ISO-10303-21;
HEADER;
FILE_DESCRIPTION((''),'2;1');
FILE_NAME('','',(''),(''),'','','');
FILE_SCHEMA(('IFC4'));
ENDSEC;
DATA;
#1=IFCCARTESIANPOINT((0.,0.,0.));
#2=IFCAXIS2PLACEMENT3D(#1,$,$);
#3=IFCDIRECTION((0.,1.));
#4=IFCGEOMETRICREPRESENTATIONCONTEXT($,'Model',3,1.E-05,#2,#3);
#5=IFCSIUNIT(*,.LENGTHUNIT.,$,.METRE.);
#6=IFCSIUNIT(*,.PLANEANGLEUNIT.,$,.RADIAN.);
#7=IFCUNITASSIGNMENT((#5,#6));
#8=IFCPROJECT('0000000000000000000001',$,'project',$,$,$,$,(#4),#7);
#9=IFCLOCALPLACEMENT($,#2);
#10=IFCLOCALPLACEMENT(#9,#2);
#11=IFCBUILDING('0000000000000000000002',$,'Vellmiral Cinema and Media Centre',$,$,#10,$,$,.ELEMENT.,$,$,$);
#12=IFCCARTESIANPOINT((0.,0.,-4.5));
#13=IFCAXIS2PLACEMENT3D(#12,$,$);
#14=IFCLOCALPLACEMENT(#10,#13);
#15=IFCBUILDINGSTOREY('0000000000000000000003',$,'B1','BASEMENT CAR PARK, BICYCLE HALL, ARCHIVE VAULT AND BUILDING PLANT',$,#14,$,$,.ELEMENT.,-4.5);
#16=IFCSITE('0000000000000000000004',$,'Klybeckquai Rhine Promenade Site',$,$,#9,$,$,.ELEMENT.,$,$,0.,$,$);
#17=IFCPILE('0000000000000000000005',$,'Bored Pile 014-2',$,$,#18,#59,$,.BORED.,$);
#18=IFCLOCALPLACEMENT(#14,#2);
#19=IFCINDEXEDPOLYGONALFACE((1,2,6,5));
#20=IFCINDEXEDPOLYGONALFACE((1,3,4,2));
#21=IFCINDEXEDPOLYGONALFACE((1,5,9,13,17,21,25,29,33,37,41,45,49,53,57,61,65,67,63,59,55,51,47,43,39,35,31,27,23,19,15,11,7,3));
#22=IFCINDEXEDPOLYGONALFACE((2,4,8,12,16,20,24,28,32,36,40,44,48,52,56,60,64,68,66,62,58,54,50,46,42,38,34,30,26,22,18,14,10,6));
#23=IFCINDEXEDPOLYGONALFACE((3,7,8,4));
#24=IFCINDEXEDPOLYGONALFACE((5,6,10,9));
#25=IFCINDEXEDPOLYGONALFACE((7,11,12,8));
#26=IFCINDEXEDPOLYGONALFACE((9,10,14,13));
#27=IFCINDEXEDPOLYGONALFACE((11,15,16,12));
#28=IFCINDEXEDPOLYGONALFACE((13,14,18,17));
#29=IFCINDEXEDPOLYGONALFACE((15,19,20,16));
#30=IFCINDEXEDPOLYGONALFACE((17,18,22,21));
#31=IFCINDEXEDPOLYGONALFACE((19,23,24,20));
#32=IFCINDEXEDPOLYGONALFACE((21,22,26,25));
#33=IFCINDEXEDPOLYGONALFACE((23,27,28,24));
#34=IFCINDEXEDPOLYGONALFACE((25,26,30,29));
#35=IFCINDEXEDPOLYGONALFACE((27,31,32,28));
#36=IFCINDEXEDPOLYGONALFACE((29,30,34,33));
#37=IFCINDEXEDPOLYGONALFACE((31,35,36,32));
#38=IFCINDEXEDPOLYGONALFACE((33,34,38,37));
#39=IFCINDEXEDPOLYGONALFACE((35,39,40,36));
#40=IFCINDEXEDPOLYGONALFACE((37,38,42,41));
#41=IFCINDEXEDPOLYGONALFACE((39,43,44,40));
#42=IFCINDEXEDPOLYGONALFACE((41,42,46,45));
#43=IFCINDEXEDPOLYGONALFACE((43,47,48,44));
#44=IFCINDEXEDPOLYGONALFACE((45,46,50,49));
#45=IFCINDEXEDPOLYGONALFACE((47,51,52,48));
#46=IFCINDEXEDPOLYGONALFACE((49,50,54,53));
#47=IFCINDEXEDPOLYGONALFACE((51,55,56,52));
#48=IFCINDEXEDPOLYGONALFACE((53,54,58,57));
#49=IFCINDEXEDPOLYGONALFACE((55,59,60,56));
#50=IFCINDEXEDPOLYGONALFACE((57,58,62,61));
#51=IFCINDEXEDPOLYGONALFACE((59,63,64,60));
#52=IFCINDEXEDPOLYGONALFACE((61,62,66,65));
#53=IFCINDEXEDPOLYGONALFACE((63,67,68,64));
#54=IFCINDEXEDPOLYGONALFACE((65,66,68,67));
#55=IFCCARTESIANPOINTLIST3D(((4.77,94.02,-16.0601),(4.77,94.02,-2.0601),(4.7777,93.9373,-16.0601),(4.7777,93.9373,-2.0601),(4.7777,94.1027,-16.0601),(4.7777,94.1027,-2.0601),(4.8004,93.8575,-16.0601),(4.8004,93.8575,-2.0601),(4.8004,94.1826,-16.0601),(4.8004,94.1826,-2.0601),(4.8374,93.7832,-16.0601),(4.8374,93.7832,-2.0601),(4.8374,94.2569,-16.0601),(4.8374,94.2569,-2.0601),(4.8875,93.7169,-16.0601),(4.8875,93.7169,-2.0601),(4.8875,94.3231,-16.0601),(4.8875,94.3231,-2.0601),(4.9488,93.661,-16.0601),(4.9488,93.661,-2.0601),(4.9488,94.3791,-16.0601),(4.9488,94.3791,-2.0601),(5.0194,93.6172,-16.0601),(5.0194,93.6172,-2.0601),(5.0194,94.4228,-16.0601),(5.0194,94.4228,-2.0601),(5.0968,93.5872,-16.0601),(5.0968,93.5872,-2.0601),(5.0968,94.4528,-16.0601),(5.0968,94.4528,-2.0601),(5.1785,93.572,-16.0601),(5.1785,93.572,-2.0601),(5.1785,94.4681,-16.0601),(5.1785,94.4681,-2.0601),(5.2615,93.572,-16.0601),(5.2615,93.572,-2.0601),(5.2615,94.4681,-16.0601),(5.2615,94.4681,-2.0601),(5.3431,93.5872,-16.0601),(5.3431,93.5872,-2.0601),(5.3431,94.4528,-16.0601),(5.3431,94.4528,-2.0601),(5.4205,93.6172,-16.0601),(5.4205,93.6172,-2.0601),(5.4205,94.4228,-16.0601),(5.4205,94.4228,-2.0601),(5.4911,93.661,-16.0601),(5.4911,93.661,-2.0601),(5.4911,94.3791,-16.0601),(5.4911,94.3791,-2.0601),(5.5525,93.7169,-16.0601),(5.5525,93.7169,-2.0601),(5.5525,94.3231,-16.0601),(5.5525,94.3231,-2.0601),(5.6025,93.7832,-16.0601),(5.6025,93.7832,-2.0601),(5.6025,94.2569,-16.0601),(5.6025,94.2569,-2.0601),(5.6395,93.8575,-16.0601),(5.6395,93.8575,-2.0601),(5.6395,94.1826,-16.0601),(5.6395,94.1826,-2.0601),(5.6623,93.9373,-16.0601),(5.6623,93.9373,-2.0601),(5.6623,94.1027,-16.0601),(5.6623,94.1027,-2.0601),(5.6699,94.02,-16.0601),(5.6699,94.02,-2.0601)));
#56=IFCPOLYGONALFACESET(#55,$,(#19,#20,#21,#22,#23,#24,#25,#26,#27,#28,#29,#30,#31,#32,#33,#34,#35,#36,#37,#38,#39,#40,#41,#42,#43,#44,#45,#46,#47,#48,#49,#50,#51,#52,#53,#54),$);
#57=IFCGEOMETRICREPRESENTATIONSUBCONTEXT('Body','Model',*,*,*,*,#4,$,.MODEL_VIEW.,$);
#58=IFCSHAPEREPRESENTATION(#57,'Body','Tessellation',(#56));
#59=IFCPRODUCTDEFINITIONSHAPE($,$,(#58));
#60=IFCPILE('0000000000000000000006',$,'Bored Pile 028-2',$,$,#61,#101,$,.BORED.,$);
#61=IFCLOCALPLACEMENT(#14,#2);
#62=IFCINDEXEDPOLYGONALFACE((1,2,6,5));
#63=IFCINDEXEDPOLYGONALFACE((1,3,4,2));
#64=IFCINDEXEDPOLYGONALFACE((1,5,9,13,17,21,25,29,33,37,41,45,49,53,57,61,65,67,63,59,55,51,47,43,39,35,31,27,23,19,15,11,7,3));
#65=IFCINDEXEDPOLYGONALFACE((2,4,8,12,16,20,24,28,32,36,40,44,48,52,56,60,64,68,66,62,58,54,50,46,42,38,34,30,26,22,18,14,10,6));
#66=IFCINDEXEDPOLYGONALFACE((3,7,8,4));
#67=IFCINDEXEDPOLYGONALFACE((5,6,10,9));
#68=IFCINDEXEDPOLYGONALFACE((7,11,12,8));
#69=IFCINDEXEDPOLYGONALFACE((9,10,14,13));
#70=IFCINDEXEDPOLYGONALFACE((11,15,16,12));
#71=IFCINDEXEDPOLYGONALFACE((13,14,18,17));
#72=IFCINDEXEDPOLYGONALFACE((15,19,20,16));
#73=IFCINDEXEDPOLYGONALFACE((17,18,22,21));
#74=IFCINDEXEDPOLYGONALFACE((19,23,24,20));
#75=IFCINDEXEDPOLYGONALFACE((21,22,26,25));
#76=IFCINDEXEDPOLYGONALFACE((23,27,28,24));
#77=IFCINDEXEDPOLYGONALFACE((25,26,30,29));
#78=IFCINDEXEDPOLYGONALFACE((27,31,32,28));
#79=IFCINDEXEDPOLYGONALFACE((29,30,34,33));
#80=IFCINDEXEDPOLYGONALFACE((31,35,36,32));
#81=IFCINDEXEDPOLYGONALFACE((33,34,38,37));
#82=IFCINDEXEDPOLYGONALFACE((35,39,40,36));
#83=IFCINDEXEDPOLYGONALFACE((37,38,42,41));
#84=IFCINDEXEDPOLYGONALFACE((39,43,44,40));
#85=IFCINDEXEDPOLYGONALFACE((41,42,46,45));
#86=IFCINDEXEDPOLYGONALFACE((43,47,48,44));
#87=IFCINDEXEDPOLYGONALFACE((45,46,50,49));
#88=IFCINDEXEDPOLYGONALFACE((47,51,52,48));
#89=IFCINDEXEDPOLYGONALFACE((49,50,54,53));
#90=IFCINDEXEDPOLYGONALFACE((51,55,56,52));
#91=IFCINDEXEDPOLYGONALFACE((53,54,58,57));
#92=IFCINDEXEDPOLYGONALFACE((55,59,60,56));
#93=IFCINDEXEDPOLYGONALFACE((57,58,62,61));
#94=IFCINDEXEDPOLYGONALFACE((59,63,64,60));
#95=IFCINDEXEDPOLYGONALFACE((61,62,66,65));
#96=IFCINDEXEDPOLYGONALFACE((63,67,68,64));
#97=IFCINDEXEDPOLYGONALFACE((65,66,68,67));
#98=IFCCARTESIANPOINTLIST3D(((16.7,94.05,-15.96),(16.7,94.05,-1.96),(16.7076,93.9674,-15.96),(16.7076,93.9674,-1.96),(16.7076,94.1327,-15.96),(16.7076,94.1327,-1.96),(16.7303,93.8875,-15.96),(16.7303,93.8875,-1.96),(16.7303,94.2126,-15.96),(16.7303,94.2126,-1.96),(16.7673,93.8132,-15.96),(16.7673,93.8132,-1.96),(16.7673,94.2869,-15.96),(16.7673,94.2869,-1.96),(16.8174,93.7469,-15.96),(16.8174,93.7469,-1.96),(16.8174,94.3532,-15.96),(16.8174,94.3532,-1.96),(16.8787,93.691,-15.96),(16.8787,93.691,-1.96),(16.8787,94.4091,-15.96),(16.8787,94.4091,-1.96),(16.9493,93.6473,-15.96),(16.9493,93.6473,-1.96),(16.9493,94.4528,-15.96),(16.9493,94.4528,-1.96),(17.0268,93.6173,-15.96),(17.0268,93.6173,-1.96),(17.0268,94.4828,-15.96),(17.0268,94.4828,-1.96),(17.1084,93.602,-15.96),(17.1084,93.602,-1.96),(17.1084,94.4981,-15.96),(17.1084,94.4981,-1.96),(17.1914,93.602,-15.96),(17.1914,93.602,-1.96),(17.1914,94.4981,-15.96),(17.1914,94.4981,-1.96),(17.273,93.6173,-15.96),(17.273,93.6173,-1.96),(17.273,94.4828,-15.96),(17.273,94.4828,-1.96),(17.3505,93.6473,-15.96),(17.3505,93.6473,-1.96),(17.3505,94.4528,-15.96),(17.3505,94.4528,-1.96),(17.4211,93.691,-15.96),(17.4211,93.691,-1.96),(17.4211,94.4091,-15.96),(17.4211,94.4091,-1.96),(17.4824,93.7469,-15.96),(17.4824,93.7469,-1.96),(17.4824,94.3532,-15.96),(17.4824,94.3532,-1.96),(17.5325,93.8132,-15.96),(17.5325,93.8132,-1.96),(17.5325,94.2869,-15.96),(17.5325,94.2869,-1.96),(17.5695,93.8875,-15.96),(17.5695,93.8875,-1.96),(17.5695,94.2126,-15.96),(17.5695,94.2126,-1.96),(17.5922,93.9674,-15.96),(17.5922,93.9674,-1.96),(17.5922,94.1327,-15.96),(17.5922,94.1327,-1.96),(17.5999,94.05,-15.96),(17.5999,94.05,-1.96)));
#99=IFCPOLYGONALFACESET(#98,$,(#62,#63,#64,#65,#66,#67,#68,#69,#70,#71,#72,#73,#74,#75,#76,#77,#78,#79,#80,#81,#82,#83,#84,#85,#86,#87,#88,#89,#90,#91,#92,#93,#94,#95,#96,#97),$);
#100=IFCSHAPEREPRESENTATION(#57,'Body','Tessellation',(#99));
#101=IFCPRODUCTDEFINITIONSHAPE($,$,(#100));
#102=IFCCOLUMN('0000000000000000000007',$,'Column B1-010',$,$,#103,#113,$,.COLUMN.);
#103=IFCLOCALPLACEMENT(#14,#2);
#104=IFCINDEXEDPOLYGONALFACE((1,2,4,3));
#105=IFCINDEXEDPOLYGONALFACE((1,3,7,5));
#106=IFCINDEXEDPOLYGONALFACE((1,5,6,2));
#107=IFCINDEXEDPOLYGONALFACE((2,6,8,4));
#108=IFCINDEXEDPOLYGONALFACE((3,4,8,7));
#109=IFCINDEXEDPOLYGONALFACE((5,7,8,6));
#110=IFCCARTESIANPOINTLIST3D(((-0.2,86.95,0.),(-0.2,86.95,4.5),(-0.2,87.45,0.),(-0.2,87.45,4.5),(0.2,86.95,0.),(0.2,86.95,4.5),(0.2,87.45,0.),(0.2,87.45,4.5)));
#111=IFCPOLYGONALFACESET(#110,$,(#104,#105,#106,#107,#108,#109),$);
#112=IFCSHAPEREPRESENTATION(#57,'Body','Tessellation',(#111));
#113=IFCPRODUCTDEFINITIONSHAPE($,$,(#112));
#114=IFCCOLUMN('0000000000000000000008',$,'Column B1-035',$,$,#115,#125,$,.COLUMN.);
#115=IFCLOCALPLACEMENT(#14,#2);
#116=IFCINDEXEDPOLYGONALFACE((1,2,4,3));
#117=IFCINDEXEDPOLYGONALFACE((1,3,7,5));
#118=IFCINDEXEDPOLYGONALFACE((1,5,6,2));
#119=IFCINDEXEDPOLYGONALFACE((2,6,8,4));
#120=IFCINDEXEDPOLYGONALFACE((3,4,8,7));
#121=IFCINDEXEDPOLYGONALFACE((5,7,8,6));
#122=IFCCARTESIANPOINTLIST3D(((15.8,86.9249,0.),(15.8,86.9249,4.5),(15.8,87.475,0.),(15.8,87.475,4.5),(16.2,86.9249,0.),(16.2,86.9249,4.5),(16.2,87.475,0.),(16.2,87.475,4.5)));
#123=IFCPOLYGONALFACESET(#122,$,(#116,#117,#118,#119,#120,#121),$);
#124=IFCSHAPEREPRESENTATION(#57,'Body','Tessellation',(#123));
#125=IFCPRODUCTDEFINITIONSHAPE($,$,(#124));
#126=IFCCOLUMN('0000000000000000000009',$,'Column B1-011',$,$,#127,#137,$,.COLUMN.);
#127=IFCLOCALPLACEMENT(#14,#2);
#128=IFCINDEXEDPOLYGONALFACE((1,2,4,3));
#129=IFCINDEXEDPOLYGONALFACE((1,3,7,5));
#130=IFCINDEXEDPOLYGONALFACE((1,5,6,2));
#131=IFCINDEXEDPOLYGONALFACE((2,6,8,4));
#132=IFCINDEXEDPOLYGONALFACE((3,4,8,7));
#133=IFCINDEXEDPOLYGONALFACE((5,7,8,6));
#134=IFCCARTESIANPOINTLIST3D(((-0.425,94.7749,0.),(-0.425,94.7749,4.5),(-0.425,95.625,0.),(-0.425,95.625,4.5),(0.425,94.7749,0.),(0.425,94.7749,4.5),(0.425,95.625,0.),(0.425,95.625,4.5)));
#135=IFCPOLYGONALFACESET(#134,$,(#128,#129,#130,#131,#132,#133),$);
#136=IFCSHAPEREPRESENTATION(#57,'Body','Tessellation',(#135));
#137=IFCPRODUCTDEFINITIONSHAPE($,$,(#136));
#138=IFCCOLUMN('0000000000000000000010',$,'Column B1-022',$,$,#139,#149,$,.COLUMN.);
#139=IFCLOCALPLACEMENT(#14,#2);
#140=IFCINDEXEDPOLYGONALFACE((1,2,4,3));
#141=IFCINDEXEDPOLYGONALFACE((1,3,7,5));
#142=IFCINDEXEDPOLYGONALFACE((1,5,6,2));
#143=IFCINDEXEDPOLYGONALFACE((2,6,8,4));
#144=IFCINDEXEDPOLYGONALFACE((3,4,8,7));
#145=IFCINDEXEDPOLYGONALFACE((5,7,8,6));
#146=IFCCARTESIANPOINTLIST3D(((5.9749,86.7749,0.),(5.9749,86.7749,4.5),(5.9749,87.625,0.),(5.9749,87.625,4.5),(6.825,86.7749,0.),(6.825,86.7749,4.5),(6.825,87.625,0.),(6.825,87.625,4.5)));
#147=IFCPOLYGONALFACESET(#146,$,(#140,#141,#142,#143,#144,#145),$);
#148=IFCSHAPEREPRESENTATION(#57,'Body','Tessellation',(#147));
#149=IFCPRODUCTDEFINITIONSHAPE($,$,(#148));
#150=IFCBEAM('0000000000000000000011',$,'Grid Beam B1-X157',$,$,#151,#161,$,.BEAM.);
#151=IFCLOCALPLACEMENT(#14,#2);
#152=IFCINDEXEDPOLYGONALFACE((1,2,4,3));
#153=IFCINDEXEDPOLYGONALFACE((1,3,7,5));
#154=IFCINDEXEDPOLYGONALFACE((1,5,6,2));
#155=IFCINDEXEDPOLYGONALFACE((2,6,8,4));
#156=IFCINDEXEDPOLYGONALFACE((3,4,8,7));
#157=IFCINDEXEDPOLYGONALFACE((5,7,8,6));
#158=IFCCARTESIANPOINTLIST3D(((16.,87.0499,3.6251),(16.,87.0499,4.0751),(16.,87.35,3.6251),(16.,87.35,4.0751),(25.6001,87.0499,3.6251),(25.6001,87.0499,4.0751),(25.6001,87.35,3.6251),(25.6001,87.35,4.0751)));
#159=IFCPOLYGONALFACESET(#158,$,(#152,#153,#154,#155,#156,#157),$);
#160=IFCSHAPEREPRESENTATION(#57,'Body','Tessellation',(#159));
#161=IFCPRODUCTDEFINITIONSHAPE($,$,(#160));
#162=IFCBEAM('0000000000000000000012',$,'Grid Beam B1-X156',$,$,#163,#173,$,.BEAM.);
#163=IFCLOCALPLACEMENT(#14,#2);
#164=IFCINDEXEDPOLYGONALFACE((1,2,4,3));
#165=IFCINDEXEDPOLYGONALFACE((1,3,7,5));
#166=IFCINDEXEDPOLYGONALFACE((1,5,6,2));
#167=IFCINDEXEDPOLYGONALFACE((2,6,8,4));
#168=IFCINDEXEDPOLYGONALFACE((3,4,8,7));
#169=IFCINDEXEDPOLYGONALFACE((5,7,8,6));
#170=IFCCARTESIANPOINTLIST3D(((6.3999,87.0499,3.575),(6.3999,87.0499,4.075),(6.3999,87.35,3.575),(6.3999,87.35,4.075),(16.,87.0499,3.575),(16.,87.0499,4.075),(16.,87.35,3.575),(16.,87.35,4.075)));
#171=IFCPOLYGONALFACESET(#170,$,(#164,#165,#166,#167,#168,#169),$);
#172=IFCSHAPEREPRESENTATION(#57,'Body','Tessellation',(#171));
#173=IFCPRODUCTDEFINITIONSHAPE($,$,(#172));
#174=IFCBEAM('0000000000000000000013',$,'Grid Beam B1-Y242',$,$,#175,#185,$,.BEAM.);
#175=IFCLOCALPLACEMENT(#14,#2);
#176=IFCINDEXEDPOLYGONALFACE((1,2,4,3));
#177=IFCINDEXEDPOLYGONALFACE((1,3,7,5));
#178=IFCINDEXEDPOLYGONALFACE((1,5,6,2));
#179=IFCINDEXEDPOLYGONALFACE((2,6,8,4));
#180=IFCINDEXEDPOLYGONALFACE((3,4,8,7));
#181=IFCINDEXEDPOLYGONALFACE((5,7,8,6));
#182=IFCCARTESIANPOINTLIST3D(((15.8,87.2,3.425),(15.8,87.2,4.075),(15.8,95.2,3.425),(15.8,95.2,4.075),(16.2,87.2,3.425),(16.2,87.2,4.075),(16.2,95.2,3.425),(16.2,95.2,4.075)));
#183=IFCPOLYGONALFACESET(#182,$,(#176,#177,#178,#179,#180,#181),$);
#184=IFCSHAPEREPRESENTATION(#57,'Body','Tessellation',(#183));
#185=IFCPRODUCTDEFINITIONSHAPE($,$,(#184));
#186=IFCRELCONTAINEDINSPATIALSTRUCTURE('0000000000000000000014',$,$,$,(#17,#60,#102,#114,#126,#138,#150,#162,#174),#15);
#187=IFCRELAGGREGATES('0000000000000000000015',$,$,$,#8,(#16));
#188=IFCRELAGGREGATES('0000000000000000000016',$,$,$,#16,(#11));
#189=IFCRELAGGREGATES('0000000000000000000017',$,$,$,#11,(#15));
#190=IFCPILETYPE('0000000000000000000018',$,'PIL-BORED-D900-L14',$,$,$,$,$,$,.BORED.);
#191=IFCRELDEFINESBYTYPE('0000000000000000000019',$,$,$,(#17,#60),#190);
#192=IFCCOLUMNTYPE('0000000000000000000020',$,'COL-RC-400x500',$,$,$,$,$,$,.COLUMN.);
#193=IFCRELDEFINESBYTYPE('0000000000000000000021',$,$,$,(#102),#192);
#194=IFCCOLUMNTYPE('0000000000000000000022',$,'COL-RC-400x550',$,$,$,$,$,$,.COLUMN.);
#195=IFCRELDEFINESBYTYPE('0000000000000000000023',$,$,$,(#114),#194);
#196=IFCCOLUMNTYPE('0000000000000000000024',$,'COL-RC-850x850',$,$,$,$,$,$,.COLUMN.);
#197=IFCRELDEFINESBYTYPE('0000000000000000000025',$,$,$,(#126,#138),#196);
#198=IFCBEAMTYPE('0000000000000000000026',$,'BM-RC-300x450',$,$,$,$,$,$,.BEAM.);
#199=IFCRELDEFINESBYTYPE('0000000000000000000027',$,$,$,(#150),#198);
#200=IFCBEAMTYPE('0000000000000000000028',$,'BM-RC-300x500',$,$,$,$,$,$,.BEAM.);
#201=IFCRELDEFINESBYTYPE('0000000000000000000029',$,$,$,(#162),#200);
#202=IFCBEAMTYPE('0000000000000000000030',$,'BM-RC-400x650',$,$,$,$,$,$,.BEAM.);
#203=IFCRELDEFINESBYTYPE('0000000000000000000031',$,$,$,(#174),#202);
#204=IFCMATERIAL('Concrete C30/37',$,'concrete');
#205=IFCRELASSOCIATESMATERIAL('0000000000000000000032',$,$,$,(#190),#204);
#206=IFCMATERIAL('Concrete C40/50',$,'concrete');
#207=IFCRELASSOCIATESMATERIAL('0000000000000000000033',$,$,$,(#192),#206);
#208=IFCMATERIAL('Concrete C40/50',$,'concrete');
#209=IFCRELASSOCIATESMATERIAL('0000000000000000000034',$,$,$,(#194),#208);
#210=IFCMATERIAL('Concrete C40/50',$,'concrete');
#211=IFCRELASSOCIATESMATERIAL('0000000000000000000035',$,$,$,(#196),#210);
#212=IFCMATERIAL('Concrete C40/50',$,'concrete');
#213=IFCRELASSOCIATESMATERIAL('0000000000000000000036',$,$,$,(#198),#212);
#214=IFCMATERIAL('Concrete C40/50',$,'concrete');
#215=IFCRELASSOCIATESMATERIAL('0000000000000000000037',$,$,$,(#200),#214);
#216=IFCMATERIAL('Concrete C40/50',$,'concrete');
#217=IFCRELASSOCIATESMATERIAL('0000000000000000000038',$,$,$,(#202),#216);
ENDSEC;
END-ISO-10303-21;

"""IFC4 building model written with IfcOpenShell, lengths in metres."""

from ifc_helpers import new_model, si_unit, direction, frame, origin, origin_2d, place, context, subcontext, project, spatial, rectangle, circle, extrude, material, material_profile, profile_set, type_object, element, save


model = new_model("IFC4")

# Units and contexts
model_context = context("Model", 3, precision=1e-05, world=origin(), true_north=direction((0.0, 1.0)))
body_context = subcontext(model_context, "Body", "Model", "MODEL_VIEW")
ifc_project = project(units=[si_unit("LENGTHUNIT", "METRE"), si_unit("PLANEANGLEUNIT", "RADIAN")], contexts=[model_context])

# Site, building, storey
site_placement = place(None, origin())
site = spatial("IfcSite", under=ifc_project, at=site_placement, Name="Klybeckquai Rhine Promenade Site", CompositionType="ELEMENT", RefElevation=0.0)
building_placement = place(site_placement, origin())
building = spatial("IfcBuilding", under=site, at=building_placement, Name="Vellmiral Cinema and Media Centre", CompositionType="ELEMENT")
storey_placement = place(building_placement, frame((0.0, 0.0, -4.5)))
storey = spatial("IfcBuildingStorey", under=building, at=storey_placement, Name="B1", Description="BASEMENT CAR PARK, BICYCLE HALL, ARCHIVE VAULT AND BUILDING PLANT", CompositionType="ELEMENT", Elevation=-4.5)

# Piles
ifc_material_1 = material(Name="Concrete C30/37", Category="concrete")
ifc_material_profile_1 = material_profile(ifc_material_1, circle(Radius=0.45, at=origin_2d()), Name="PILE D900")
ifc_profile_set_1 = profile_set([ifc_material_profile_1], Name="Concrete C30/37")
pile_type_1 = type_object("IfcPileType", Name="PIL-BORED-D900-L14", PredefinedType="BORED", material=ifc_profile_set_1)
for number, where, z_axis, x_axis, name in (
    (1, (5.22, 94.02, -2.0601), (0.0, 0.0, -1.0), (1.0, 0.0, 0.0), "Bored Pile 014-2"),
    (2, (17.1499, 94.05, -1.96), (0.0, 0.0, -1.0), (1.0, 0.0, 0.0), "Bored Pile 028-2"),
):
    element("IfcPile", number, at=place(storey_placement, frame(where, z_axis=z_axis, x_axis=x_axis)), inside=storey, type_object=pile_type_1, Name=name, PredefinedType="BORED", context=body_context, shape_type="SweptSolid", body=[
        extrude(circle(Radius=0.45, at=origin_2d()), origin(), (0.0, 0.0, 1.0), 14.0),
    ])

# Columns
ifc_material_2 = material(Name="Concrete C40/50", Category="concrete")
ifc_material_profile_2 = material_profile(ifc_material_2, rectangle(XDim=0.3999, YDim=0.5, at=origin_2d()), Name="RC 400x500")
ifc_profile_set_2 = profile_set([ifc_material_profile_2], Name="Concrete C40/50")
column_type_1 = type_object("IfcColumnType", Name="COL-RC-400x500", PredefinedType="COLUMN", material=ifc_profile_set_2)
column_1_placement = place(storey_placement, frame((0.0, 87.2, 0.0), z_axis=(0.0, 0.0, 1.0), x_axis=(1.0, 0.0, 0.0)))
element("IfcColumn", 3, at=column_1_placement, inside=storey, type_object=column_type_1, Name="Column B1-010", PredefinedType="COLUMN", context=body_context, shape_type="SweptSolid", body=[
    extrude(rectangle(XDim=0.3999, YDim=0.5, at=origin_2d()), origin(), (0.0, 0.0, 1.0), 4.5),
])
ifc_material_3 = material(Name="Concrete C40/50", Category="concrete")
ifc_material_profile_3 = material_profile(ifc_material_3, rectangle(XDim=0.3999, YDim=0.55, at=origin_2d()), Name="RC 400x550")
ifc_profile_set_3 = profile_set([ifc_material_profile_3], Name="Concrete C40/50")
column_type_2 = type_object("IfcColumnType", Name="COL-RC-400x550", PredefinedType="COLUMN", material=ifc_profile_set_3)
column_2_placement = place(storey_placement, frame((16.0, 87.2, 0.0), z_axis=(0.0, 0.0, 1.0), x_axis=(1.0, 0.0, 0.0)))
element("IfcColumn", 4, at=column_2_placement, inside=storey, type_object=column_type_2, Name="Column B1-035", PredefinedType="COLUMN", context=body_context, shape_type="SweptSolid", body=[
    extrude(rectangle(XDim=0.3999, YDim=0.55, at=origin_2d()), origin(), (0.0, 0.0, 1.0), 4.5),
])
ifc_material_4 = material(Name="Concrete C40/50", Category="concrete")
ifc_material_profile_4 = material_profile(ifc_material_4, rectangle(XDim=0.8501, YDim=0.8501, at=origin_2d()), Name="RC 850x850")
ifc_profile_set_4 = profile_set([ifc_material_profile_4], Name="Concrete C40/50")
column_type_3 = type_object("IfcColumnType", Name="COL-RC-850x850", PredefinedType="COLUMN", material=ifc_profile_set_4)
for number, where, z_axis, x_axis, name in (
    (5, (0.0, 95.2, 0.0), (0.0, 0.0, 1.0), (1.0, 0.0, 0.0), "Column B1-011"),
    (6, (6.3999, 87.2, 0.0), (0.0, 0.0, 1.0), (1.0, 0.0, 0.0), "Column B1-022"),
):
    element("IfcColumn", number, at=place(storey_placement, frame(where, z_axis=z_axis, x_axis=x_axis)), inside=storey, type_object=column_type_3, Name=name, PredefinedType="COLUMN", context=body_context, shape_type="SweptSolid", body=[
        extrude(rectangle(XDim=0.8501, YDim=0.8501, at=origin_2d()), origin(), (0.0, 0.0, 1.0), 4.5),
    ])

# Beams
ifc_material_5 = material(Name="Concrete C40/50", Category="concrete")
ifc_material_profile_5 = material_profile(ifc_material_5, rectangle(XDim=0.3, YDim=0.45, at=origin_2d()), Name="RC 300x450")
ifc_profile_set_5 = profile_set([ifc_material_profile_5], Name="Concrete C40/50")
beam_type_1 = type_object("IfcBeamType", Name="BM-RC-300x450", PredefinedType="BEAM", material=ifc_profile_set_5)
beam_1_placement = place(storey_placement, frame((16.0, 87.2, 3.8501), z_axis=(1.0, 0.0, 0.0), x_axis=(0.0, 1.0, 0.0)))
element("IfcBeam", 7, at=beam_1_placement, inside=storey, type_object=beam_type_1, Name="Grid Beam B1-X157", PredefinedType="BEAM", context=body_context, shape_type="SweptSolid", body=[
    extrude(rectangle(XDim=0.3, YDim=0.45, at=origin_2d()), origin(), (0.0, 0.0, 1.0), 9.6001),
])
ifc_material_6 = material(Name="Concrete C40/50", Category="concrete")
ifc_material_profile_6 = material_profile(ifc_material_6, rectangle(XDim=0.3, YDim=0.5, at=origin_2d()), Name="RC 300x500")
ifc_profile_set_6 = profile_set([ifc_material_profile_6], Name="Concrete C40/50")
beam_type_2 = type_object("IfcBeamType", Name="BM-RC-300x500", PredefinedType="BEAM", material=ifc_profile_set_6)
beam_2_placement = place(storey_placement, frame((6.3999, 87.2, 3.825), z_axis=(1.0, 0.0, 0.0), x_axis=(0.0, 1.0, 0.0)))
element("IfcBeam", 8, at=beam_2_placement, inside=storey, type_object=beam_type_2, Name="Grid Beam B1-X156", PredefinedType="BEAM", context=body_context, shape_type="SweptSolid", body=[
    extrude(rectangle(XDim=0.3, YDim=0.5, at=origin_2d()), origin(), (0.0, 0.0, 1.0), 9.6001),
])
ifc_material_7 = material(Name="Concrete C40/50", Category="concrete")
ifc_material_profile_7 = material_profile(ifc_material_7, rectangle(XDim=0.3999, YDim=0.6499, at=origin_2d()), Name="RC 400x650")
ifc_profile_set_7 = profile_set([ifc_material_profile_7], Name="Concrete C40/50")
beam_type_3 = type_object("IfcBeamType", Name="BM-RC-400x650", PredefinedType="BEAM", material=ifc_profile_set_7)
beam_3_placement = place(storey_placement, frame((16.0, 87.2, 3.75), z_axis=(0.0, 1.0, 0.0), x_axis=(-1.0, 0.0, 0.0)))
element("IfcBeam", 9, at=beam_3_placement, inside=storey, type_object=beam_type_3, Name="Grid Beam B1-Y242", PredefinedType="BEAM", context=body_context, shape_type="SweptSolid", body=[
    extrude(rectangle(XDim=0.3999, YDim=0.6499, at=origin_2d()), origin(), (0.0, 0.0, 1.0), 8.0),
])

save(model, "model.ifc")
